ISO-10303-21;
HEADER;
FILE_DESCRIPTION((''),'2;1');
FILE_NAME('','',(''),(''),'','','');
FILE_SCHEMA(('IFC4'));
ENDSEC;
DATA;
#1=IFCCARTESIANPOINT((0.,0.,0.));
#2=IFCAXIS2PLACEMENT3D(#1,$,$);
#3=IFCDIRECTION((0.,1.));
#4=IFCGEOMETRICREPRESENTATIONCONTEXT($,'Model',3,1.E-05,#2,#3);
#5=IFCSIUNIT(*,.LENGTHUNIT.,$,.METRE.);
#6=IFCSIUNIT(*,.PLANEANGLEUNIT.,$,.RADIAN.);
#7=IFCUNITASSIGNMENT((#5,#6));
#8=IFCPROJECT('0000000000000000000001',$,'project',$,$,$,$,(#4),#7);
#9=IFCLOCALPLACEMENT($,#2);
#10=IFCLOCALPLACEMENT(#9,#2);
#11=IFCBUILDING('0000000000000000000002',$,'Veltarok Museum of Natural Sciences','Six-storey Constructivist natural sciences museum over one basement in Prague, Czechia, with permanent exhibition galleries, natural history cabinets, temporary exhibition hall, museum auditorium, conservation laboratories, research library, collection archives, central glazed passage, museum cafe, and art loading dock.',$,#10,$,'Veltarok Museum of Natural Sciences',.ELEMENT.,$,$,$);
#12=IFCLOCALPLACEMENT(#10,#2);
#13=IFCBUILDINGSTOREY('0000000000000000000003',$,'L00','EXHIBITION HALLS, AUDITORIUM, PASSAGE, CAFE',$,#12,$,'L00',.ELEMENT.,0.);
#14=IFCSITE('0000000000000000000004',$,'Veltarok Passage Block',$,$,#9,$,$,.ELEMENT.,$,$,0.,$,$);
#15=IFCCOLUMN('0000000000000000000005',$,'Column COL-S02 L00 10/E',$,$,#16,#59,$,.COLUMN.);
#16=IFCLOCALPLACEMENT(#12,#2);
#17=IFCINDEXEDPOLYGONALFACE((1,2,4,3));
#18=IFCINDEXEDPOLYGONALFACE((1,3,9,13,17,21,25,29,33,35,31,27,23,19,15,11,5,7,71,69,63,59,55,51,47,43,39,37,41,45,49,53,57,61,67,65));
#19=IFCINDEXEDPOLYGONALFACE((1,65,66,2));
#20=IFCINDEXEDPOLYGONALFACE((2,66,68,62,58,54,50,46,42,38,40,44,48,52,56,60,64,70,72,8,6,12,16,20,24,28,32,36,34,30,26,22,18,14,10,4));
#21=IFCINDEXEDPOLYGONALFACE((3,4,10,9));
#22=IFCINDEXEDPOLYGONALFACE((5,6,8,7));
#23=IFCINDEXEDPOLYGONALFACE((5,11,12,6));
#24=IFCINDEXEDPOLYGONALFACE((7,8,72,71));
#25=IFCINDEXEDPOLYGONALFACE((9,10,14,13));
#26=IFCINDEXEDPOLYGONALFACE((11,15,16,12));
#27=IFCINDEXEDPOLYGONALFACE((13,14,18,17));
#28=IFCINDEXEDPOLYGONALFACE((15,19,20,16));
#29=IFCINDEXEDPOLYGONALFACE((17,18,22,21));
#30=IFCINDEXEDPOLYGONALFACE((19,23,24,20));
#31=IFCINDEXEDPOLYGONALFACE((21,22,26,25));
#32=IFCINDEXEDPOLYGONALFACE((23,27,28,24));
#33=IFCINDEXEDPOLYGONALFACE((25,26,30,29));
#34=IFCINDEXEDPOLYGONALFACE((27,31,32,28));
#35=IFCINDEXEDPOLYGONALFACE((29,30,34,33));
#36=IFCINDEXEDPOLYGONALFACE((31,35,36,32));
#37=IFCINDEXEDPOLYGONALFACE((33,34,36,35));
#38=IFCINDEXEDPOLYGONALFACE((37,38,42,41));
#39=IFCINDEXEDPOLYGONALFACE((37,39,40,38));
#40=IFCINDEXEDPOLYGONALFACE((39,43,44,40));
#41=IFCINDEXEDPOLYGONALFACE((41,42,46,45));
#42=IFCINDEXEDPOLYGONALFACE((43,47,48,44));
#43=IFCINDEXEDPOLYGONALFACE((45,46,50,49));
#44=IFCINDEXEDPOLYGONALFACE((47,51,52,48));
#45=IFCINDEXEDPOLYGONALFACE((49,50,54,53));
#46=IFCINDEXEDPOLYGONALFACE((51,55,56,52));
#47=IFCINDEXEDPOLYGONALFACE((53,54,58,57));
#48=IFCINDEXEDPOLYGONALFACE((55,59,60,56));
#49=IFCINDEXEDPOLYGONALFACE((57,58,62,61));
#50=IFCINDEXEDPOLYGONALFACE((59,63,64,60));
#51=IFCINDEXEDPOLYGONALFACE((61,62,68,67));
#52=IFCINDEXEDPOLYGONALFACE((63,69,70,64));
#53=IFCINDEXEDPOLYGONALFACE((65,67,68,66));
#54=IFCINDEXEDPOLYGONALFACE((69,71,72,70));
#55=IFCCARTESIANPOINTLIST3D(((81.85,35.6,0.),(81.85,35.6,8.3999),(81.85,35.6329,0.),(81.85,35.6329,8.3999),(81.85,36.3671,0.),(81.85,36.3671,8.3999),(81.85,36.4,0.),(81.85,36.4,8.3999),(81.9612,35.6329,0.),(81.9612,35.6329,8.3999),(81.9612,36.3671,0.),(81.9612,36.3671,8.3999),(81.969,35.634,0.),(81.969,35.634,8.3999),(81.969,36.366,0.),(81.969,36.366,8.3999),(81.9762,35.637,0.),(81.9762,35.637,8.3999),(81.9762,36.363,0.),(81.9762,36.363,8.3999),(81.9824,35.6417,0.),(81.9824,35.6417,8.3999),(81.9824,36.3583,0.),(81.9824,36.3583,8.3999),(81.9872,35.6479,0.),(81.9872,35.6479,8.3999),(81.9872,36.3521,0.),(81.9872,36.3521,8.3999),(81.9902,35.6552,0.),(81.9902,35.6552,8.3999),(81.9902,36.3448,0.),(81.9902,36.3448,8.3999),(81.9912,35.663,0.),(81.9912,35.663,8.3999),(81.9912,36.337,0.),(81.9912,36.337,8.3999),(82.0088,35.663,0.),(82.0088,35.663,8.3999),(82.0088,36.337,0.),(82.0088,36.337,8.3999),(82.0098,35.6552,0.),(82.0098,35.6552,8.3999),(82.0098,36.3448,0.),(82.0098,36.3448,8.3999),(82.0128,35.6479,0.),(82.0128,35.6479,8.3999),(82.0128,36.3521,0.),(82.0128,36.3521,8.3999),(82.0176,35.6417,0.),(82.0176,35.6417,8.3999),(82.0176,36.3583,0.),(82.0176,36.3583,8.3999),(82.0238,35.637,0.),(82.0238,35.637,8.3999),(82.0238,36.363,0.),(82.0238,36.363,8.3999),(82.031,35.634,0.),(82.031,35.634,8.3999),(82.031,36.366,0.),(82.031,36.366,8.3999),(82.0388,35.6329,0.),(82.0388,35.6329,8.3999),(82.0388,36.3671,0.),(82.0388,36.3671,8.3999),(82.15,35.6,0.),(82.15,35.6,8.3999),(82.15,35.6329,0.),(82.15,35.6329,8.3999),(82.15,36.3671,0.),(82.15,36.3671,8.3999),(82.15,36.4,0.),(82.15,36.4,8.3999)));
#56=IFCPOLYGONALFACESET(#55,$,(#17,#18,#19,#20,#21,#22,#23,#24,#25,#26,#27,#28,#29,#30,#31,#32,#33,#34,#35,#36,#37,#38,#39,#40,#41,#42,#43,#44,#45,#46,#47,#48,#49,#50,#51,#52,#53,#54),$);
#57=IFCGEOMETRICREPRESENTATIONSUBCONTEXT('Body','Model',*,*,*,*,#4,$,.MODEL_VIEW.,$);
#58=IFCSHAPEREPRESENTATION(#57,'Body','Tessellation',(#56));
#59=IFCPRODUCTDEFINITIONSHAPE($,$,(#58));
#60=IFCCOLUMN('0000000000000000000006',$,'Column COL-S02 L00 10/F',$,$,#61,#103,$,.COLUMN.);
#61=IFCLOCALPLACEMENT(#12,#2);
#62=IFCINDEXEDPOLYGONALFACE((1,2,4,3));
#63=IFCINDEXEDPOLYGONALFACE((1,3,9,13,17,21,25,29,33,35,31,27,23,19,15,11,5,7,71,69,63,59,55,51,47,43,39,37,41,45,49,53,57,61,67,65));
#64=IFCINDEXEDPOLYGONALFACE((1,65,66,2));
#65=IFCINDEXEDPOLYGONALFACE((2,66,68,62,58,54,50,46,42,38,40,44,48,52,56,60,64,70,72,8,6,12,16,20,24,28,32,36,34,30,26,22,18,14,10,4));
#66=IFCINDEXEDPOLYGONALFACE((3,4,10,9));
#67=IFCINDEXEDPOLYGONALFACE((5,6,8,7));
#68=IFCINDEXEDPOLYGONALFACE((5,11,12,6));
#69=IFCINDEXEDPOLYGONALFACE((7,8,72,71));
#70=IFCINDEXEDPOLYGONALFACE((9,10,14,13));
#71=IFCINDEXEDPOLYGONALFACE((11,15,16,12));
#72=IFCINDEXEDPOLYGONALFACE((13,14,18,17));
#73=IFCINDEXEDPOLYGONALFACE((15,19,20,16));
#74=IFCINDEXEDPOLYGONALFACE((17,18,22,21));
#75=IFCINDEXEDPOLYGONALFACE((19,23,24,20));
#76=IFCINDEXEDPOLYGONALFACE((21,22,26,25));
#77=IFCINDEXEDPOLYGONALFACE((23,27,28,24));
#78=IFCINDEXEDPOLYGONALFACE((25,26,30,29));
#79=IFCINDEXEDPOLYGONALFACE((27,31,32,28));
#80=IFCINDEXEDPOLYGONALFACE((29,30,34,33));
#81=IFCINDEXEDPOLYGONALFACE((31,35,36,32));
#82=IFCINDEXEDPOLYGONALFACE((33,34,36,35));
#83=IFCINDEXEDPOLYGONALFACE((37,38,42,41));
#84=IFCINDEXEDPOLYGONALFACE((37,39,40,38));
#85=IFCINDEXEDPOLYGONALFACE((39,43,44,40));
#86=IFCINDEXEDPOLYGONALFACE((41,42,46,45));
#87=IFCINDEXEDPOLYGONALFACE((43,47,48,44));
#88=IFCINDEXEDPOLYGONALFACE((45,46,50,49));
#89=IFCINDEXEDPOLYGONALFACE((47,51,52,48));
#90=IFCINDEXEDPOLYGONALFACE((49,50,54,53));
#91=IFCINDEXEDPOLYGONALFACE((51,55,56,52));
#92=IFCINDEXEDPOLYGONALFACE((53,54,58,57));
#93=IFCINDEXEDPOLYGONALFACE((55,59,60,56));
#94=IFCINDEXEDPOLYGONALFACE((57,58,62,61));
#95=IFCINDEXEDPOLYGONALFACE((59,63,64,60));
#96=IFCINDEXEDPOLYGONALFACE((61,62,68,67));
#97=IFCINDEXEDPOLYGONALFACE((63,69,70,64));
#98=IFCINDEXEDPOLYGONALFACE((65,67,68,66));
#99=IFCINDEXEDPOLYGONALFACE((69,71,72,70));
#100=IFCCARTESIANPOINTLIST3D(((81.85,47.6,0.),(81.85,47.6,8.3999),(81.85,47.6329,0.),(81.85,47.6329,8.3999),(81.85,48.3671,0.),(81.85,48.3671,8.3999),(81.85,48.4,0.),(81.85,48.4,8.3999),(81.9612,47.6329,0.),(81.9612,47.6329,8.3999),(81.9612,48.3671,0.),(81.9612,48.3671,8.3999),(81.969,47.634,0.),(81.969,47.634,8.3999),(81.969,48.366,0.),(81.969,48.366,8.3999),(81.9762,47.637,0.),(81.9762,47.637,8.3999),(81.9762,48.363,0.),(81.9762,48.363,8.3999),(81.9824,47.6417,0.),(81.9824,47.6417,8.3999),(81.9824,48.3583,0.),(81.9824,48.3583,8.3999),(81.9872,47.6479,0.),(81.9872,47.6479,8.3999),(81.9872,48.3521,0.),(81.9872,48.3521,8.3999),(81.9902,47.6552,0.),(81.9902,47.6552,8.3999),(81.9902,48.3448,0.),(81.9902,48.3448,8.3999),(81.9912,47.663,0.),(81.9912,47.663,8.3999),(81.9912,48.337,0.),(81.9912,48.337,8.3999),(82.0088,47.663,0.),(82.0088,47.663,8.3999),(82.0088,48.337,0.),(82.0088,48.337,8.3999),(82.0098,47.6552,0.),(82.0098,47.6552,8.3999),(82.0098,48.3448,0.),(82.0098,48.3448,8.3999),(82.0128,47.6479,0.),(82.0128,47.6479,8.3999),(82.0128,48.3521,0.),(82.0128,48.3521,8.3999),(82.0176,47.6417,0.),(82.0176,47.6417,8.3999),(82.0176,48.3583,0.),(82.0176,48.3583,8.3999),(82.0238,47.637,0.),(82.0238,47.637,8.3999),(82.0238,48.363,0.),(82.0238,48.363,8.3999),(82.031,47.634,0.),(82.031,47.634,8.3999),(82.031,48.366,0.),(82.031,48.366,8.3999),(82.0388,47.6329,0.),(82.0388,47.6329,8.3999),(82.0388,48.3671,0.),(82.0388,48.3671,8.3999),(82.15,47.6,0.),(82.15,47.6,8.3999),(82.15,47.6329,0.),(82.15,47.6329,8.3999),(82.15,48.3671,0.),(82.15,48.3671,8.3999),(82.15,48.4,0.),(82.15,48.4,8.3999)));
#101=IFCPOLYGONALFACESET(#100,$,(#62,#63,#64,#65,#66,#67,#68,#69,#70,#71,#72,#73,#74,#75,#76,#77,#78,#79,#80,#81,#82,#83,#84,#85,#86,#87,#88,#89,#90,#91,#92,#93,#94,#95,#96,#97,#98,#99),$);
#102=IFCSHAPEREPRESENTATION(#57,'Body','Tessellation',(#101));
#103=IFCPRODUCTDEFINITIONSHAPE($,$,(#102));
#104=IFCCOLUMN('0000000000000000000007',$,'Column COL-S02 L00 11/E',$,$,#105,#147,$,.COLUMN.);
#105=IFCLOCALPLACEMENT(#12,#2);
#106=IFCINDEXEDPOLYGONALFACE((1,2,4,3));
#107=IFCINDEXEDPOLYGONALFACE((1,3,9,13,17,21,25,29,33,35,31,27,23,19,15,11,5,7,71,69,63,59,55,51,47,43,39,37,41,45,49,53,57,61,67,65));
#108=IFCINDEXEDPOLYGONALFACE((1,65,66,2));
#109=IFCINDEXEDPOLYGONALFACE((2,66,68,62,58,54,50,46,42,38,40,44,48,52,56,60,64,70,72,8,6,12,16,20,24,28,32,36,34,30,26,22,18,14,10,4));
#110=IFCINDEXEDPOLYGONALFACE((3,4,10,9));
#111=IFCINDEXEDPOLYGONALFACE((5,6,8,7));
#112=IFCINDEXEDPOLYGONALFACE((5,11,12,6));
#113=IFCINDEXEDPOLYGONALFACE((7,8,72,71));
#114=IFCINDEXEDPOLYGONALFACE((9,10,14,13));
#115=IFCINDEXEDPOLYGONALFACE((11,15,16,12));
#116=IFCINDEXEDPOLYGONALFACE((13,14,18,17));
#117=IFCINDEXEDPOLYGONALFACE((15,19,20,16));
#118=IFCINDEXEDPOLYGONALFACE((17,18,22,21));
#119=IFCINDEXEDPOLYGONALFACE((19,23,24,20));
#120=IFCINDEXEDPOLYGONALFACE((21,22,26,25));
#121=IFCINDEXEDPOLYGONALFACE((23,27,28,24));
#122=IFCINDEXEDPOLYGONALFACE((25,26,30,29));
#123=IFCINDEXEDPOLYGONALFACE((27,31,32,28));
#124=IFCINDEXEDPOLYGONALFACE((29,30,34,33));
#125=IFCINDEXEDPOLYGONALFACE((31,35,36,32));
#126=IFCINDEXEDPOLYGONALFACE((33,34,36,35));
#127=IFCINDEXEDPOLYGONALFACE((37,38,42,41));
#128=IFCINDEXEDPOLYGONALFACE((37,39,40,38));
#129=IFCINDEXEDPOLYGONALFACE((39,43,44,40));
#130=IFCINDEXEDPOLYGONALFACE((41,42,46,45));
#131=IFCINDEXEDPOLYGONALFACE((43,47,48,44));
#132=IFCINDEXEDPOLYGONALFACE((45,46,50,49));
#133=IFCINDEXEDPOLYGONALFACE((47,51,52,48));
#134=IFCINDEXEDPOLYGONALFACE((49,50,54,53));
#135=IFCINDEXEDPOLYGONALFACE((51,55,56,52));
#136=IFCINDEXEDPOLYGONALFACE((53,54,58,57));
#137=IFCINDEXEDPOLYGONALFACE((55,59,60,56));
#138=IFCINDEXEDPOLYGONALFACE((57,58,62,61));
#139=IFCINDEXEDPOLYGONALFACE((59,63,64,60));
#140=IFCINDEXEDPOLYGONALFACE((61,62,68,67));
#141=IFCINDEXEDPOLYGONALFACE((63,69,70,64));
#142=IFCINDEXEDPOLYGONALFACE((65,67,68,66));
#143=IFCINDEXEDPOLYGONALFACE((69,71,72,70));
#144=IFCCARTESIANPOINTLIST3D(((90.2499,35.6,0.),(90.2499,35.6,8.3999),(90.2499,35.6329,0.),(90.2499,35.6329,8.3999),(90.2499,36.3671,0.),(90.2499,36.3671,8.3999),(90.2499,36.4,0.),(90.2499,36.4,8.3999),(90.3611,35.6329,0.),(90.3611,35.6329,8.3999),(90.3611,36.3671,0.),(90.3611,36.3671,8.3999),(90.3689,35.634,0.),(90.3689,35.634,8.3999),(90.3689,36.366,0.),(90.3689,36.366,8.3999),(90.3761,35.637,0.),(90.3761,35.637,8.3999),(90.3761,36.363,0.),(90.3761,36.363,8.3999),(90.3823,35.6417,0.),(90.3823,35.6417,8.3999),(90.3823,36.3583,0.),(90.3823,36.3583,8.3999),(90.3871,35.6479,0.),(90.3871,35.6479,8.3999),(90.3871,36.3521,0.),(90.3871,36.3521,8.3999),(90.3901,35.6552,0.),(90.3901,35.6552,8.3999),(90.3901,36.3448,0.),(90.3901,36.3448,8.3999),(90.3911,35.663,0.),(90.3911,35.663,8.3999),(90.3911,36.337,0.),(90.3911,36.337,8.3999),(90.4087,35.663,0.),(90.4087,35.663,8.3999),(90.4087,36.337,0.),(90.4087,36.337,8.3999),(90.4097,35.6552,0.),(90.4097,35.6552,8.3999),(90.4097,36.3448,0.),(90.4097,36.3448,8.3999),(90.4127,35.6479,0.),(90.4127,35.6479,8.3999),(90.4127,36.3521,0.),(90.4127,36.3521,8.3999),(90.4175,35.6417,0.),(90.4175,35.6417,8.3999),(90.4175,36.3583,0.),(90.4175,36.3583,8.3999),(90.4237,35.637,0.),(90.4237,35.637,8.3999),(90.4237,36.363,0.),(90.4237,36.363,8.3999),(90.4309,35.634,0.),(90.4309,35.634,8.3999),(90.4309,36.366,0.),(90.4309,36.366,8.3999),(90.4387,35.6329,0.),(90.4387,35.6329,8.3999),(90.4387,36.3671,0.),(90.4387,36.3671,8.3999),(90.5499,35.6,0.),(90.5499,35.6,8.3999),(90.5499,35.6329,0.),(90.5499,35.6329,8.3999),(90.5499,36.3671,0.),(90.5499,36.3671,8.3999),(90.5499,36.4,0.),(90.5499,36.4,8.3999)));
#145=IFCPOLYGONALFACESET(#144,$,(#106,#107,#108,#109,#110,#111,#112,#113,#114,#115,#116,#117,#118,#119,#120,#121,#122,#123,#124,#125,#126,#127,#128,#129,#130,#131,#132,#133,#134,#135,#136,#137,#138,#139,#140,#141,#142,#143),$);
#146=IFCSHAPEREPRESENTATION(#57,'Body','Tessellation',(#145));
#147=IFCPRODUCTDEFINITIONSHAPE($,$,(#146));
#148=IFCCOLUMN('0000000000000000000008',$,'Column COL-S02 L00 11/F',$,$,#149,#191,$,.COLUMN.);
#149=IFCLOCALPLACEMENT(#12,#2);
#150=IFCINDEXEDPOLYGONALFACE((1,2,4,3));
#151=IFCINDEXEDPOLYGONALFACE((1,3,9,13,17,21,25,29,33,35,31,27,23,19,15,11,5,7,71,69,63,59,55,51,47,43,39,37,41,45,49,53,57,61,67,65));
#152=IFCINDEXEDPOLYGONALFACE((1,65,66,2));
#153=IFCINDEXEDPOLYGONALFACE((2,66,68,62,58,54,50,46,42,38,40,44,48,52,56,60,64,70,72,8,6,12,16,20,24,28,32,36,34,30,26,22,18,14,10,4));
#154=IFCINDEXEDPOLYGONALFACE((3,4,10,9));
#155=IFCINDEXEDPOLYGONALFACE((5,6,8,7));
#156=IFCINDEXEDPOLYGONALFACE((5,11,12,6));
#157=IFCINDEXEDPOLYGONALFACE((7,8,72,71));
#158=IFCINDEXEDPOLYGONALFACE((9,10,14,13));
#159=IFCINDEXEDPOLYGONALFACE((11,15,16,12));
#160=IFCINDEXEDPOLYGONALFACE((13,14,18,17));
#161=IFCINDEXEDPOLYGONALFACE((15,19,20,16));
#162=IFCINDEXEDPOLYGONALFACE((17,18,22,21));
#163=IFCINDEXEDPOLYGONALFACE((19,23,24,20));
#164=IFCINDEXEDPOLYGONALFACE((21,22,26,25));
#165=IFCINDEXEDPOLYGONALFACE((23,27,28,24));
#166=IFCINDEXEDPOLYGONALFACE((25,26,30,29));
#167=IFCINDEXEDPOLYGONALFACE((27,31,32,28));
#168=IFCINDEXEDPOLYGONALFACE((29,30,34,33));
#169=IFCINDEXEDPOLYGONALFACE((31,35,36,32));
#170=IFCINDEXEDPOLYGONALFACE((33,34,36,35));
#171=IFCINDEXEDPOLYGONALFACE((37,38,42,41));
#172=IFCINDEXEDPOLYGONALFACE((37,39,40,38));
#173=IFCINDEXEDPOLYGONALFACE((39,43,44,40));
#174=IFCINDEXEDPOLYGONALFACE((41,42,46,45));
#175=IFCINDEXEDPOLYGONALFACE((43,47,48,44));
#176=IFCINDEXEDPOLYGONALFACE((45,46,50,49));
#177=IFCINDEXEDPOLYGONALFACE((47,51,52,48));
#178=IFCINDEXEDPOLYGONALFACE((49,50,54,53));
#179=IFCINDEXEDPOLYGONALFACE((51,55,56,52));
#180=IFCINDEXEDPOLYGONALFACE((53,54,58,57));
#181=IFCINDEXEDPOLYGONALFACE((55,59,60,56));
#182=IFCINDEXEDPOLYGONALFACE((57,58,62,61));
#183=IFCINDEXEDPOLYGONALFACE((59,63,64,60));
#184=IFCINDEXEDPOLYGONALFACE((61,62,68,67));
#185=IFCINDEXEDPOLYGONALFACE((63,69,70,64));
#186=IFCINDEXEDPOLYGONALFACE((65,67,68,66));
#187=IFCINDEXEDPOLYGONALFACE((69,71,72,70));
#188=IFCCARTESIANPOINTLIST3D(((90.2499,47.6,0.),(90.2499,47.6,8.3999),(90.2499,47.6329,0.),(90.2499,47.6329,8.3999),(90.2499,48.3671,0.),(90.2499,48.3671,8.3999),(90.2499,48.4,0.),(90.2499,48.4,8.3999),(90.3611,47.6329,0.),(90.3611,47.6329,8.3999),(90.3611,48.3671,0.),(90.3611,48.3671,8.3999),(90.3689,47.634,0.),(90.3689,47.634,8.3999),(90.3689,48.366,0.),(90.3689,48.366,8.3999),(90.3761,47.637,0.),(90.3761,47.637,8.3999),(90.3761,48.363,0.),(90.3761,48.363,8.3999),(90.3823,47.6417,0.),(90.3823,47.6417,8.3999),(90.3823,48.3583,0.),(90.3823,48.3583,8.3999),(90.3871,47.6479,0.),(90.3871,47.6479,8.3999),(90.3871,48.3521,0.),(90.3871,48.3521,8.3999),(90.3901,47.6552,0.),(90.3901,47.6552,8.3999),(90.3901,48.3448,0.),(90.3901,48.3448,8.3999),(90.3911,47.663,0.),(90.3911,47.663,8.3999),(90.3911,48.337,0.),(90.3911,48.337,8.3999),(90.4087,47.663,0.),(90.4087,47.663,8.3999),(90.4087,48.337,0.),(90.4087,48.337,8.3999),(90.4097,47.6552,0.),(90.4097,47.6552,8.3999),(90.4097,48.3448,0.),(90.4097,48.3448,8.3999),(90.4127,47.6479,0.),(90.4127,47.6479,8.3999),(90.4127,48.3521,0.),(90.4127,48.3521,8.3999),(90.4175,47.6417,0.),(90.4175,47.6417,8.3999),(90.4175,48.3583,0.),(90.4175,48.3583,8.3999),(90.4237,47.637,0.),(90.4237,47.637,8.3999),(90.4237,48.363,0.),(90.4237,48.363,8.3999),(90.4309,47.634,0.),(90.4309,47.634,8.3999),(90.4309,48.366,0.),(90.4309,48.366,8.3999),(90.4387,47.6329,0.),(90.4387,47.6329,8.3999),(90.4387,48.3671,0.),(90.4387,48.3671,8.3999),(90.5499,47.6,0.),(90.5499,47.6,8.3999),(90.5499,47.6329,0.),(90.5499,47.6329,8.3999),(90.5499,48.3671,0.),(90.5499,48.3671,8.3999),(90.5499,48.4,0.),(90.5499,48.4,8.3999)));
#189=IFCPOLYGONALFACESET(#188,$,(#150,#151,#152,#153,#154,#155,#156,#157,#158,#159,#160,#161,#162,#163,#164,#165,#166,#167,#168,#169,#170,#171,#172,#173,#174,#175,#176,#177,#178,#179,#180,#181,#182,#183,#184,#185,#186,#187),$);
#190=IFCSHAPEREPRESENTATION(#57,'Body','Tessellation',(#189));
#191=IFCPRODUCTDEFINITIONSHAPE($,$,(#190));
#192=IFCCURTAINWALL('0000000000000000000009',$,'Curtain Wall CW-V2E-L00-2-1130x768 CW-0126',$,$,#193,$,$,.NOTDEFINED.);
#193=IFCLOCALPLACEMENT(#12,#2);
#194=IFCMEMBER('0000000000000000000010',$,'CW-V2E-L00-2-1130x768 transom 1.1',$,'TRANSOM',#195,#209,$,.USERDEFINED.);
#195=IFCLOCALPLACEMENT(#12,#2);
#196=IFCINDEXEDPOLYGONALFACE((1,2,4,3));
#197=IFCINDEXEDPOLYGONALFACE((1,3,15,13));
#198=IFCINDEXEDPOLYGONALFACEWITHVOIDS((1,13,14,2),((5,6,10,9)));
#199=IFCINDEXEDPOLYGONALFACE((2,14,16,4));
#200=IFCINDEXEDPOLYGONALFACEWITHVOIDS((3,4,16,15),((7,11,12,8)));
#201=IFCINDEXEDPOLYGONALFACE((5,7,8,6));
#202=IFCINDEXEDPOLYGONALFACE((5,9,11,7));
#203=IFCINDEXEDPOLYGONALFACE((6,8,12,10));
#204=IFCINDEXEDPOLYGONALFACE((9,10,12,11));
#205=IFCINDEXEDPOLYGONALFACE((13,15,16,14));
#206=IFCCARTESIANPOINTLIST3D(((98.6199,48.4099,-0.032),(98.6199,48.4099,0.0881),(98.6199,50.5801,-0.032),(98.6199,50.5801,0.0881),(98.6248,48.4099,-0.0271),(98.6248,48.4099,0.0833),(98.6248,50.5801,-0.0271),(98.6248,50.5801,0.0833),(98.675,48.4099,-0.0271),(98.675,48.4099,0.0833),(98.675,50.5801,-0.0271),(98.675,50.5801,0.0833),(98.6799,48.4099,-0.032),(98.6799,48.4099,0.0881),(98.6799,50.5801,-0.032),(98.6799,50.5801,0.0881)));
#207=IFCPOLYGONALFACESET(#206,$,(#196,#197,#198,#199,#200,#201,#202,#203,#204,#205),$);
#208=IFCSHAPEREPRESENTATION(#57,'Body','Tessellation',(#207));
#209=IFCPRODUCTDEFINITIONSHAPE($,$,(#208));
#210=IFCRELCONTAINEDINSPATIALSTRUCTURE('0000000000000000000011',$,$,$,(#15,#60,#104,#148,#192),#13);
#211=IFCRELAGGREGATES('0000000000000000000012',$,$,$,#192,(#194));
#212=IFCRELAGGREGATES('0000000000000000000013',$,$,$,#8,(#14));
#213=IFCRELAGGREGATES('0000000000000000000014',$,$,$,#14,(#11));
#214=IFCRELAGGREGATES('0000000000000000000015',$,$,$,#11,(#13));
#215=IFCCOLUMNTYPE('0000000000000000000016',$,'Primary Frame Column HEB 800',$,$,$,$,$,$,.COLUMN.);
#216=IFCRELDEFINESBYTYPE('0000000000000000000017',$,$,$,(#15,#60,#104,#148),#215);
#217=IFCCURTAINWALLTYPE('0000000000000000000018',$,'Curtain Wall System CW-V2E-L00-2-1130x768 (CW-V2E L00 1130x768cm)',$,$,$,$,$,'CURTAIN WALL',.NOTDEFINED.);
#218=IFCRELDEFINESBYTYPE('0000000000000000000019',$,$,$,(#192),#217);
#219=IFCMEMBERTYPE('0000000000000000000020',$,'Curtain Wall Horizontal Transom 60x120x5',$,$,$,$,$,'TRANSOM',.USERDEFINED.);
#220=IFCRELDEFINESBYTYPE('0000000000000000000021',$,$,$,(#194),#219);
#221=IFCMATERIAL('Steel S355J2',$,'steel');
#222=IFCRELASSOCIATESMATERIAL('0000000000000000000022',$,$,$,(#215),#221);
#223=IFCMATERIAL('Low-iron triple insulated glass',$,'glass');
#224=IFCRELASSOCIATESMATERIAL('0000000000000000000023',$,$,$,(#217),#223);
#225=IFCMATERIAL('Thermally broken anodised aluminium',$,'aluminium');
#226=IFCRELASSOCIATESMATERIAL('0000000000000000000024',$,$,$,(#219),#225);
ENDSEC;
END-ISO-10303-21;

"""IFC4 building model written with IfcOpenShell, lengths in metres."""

from ifc_helpers import new_model, si_unit, direction, frame, origin, origin_2d, place, context, subcontext, project, spatial, hollow_rectangle, i_section, extrude, material, material_profile, profile_set, type_object, element, aggregate, save


model = new_model("IFC4")

# Units and contexts
model_context = context("Model", 3, precision=1e-05, world=origin(), true_north=direction((0.0, 1.0)))
body_context = subcontext(model_context, "Body", "Model", "MODEL_VIEW")
ifc_project = project(units=[si_unit("LENGTHUNIT", "METRE"), si_unit("PLANEANGLEUNIT", "RADIAN")], contexts=[model_context])

# Site, building, storey
site_placement = place(None, origin())
site = spatial("IfcSite", under=ifc_project, at=site_placement, Name="Veltarok Passage Block", CompositionType="ELEMENT", RefElevation=0.0)
building_placement = place(site_placement, origin())
building = spatial("IfcBuilding", under=site, at=building_placement, Name="Veltarok Museum of Natural Sciences", Description="Six-storey Constructivist natural sciences museum over one basement in Prague, Czechia, with permanent exhibition galleries, natural history cabinets, temporary exhibition hall, museum auditorium, conservation laboratories, research library, collection archives, central glazed passage, museum cafe, and art loading dock.", LongName="Veltarok Museum of Natural Sciences", CompositionType="ELEMENT")
storey_placement = place(building_placement, origin())
storey = spatial("IfcBuildingStorey", under=building, at=storey_placement, Name="L00", Description="EXHIBITION HALLS, AUDITORIUM, PASSAGE, CAFE", LongName="L00", CompositionType="ELEMENT", Elevation=0.0)

# Columns
ifc_material_1 = material(Name="Steel S355J2", Category="steel")
ifc_material_profile_1 = material_profile(ifc_material_1, i_section(OverallWidth=0.3, OverallDepth=0.8, WebThickness=0.0176, FlangeThickness=0.033, FilletRadius=0.03, at=origin_2d()), Name="HEB 800")
ifc_profile_set_1 = profile_set([ifc_material_profile_1], Name="Steel S355J2")
column_type = type_object("IfcColumnType", Name="Primary Frame Column HEB 800", PredefinedType="COLUMN", material=ifc_profile_set_1)
for number, where, z_axis, x_axis, name in (
    (1, (82.0, 36.0, 0.0), (0.0, 0.0, 1.0), (1.0, 0.0, 0.0), "Column COL-S02 L00 10/E"),
    (2, (82.0, 48.0, 0.0), (0.0, 0.0, 1.0), (1.0, 0.0, 0.0), "Column COL-S02 L00 10/F"),
    (3, (90.3999, 36.0, 0.0), (0.0, 0.0, 1.0), (1.0, 0.0, 0.0), "Column COL-S02 L00 11/E"),
    (4, (90.3999, 48.0, 0.0), (0.0, 0.0, 1.0), (1.0, 0.0, 0.0), "Column COL-S02 L00 11/F"),
):
    element("IfcColumn", number, at=place(storey_placement, frame(where, z_axis=z_axis, x_axis=x_axis)), inside=storey, type_object=column_type, Name=name, PredefinedType="COLUMN", context=body_context, shape_type="SweptSolid", body=[
        extrude(i_section(OverallWidth=0.3, OverallDepth=0.8, WebThickness=0.0176, FlangeThickness=0.033, FilletRadius=0.03, at=origin_2d()), origin(), (0.0, 0.0, 1.0), 8.3999),
    ])

# Curtain wall, member
ifc_material_2 = material(Name="Low-iron triple insulated glass", Category="glass")
curtain_wall_type = type_object("IfcCurtainWallType", Name="Curtain Wall System CW-V2E-L00-2-1130x768 (CW-V2E L00 1130x768cm)", ElementType="CURTAIN WALL", PredefinedType="NOTDEFINED", material=ifc_material_2)
curtain_wall_placement = place(storey_placement, origin())
curtain_wall = element("IfcCurtainWall", 5, at=curtain_wall_placement, inside=storey, type_object=curtain_wall_type, Name="Curtain Wall CW-V2E-L00-2-1130x768 CW-0126", PredefinedType="NOTDEFINED")
ifc_material_3 = material(Name="Thermally broken anodised aluminium", Category="aluminium")
ifc_material_profile_2 = material_profile(ifc_material_3, hollow_rectangle(XDim=0.0601, YDim=0.1201, WallThickness=0.0049, at=origin_2d()), Name="CW TRANSOM 60x120x5")
ifc_profile_set_2 = profile_set([ifc_material_profile_2], Name="Thermally broken anodised aluminium")
member_type_1 = type_object("IfcMemberType", Name="Curtain Wall Horizontal Transom 60x120x5", ElementType="TRANSOM", PredefinedType="USERDEFINED", material=ifc_profile_set_2)
member_1_placement = place(storey_placement, frame((98.6499, 48.4099, 0.0281), z_axis=(0.0, 1.0, 0.0), x_axis=(-1.0, 0.0, 0.0)))
member_1 = element("IfcMember", 6, at=member_1_placement, type_object=member_type_1, Name="CW-V2E-L00-2-1130x768 transom 1.1", ObjectType="TRANSOM", PredefinedType="USERDEFINED", context=body_context, shape_type="SweptSolid", body=[
    extrude(hollow_rectangle(XDim=0.0601, YDim=0.1201, WallThickness=0.0049, at=origin_2d()), origin(), (0.0, 0.0, 1.0), 2.1702),
])

aggregate(curtain_wall, [member_1])

save(model, "model.ifc")
